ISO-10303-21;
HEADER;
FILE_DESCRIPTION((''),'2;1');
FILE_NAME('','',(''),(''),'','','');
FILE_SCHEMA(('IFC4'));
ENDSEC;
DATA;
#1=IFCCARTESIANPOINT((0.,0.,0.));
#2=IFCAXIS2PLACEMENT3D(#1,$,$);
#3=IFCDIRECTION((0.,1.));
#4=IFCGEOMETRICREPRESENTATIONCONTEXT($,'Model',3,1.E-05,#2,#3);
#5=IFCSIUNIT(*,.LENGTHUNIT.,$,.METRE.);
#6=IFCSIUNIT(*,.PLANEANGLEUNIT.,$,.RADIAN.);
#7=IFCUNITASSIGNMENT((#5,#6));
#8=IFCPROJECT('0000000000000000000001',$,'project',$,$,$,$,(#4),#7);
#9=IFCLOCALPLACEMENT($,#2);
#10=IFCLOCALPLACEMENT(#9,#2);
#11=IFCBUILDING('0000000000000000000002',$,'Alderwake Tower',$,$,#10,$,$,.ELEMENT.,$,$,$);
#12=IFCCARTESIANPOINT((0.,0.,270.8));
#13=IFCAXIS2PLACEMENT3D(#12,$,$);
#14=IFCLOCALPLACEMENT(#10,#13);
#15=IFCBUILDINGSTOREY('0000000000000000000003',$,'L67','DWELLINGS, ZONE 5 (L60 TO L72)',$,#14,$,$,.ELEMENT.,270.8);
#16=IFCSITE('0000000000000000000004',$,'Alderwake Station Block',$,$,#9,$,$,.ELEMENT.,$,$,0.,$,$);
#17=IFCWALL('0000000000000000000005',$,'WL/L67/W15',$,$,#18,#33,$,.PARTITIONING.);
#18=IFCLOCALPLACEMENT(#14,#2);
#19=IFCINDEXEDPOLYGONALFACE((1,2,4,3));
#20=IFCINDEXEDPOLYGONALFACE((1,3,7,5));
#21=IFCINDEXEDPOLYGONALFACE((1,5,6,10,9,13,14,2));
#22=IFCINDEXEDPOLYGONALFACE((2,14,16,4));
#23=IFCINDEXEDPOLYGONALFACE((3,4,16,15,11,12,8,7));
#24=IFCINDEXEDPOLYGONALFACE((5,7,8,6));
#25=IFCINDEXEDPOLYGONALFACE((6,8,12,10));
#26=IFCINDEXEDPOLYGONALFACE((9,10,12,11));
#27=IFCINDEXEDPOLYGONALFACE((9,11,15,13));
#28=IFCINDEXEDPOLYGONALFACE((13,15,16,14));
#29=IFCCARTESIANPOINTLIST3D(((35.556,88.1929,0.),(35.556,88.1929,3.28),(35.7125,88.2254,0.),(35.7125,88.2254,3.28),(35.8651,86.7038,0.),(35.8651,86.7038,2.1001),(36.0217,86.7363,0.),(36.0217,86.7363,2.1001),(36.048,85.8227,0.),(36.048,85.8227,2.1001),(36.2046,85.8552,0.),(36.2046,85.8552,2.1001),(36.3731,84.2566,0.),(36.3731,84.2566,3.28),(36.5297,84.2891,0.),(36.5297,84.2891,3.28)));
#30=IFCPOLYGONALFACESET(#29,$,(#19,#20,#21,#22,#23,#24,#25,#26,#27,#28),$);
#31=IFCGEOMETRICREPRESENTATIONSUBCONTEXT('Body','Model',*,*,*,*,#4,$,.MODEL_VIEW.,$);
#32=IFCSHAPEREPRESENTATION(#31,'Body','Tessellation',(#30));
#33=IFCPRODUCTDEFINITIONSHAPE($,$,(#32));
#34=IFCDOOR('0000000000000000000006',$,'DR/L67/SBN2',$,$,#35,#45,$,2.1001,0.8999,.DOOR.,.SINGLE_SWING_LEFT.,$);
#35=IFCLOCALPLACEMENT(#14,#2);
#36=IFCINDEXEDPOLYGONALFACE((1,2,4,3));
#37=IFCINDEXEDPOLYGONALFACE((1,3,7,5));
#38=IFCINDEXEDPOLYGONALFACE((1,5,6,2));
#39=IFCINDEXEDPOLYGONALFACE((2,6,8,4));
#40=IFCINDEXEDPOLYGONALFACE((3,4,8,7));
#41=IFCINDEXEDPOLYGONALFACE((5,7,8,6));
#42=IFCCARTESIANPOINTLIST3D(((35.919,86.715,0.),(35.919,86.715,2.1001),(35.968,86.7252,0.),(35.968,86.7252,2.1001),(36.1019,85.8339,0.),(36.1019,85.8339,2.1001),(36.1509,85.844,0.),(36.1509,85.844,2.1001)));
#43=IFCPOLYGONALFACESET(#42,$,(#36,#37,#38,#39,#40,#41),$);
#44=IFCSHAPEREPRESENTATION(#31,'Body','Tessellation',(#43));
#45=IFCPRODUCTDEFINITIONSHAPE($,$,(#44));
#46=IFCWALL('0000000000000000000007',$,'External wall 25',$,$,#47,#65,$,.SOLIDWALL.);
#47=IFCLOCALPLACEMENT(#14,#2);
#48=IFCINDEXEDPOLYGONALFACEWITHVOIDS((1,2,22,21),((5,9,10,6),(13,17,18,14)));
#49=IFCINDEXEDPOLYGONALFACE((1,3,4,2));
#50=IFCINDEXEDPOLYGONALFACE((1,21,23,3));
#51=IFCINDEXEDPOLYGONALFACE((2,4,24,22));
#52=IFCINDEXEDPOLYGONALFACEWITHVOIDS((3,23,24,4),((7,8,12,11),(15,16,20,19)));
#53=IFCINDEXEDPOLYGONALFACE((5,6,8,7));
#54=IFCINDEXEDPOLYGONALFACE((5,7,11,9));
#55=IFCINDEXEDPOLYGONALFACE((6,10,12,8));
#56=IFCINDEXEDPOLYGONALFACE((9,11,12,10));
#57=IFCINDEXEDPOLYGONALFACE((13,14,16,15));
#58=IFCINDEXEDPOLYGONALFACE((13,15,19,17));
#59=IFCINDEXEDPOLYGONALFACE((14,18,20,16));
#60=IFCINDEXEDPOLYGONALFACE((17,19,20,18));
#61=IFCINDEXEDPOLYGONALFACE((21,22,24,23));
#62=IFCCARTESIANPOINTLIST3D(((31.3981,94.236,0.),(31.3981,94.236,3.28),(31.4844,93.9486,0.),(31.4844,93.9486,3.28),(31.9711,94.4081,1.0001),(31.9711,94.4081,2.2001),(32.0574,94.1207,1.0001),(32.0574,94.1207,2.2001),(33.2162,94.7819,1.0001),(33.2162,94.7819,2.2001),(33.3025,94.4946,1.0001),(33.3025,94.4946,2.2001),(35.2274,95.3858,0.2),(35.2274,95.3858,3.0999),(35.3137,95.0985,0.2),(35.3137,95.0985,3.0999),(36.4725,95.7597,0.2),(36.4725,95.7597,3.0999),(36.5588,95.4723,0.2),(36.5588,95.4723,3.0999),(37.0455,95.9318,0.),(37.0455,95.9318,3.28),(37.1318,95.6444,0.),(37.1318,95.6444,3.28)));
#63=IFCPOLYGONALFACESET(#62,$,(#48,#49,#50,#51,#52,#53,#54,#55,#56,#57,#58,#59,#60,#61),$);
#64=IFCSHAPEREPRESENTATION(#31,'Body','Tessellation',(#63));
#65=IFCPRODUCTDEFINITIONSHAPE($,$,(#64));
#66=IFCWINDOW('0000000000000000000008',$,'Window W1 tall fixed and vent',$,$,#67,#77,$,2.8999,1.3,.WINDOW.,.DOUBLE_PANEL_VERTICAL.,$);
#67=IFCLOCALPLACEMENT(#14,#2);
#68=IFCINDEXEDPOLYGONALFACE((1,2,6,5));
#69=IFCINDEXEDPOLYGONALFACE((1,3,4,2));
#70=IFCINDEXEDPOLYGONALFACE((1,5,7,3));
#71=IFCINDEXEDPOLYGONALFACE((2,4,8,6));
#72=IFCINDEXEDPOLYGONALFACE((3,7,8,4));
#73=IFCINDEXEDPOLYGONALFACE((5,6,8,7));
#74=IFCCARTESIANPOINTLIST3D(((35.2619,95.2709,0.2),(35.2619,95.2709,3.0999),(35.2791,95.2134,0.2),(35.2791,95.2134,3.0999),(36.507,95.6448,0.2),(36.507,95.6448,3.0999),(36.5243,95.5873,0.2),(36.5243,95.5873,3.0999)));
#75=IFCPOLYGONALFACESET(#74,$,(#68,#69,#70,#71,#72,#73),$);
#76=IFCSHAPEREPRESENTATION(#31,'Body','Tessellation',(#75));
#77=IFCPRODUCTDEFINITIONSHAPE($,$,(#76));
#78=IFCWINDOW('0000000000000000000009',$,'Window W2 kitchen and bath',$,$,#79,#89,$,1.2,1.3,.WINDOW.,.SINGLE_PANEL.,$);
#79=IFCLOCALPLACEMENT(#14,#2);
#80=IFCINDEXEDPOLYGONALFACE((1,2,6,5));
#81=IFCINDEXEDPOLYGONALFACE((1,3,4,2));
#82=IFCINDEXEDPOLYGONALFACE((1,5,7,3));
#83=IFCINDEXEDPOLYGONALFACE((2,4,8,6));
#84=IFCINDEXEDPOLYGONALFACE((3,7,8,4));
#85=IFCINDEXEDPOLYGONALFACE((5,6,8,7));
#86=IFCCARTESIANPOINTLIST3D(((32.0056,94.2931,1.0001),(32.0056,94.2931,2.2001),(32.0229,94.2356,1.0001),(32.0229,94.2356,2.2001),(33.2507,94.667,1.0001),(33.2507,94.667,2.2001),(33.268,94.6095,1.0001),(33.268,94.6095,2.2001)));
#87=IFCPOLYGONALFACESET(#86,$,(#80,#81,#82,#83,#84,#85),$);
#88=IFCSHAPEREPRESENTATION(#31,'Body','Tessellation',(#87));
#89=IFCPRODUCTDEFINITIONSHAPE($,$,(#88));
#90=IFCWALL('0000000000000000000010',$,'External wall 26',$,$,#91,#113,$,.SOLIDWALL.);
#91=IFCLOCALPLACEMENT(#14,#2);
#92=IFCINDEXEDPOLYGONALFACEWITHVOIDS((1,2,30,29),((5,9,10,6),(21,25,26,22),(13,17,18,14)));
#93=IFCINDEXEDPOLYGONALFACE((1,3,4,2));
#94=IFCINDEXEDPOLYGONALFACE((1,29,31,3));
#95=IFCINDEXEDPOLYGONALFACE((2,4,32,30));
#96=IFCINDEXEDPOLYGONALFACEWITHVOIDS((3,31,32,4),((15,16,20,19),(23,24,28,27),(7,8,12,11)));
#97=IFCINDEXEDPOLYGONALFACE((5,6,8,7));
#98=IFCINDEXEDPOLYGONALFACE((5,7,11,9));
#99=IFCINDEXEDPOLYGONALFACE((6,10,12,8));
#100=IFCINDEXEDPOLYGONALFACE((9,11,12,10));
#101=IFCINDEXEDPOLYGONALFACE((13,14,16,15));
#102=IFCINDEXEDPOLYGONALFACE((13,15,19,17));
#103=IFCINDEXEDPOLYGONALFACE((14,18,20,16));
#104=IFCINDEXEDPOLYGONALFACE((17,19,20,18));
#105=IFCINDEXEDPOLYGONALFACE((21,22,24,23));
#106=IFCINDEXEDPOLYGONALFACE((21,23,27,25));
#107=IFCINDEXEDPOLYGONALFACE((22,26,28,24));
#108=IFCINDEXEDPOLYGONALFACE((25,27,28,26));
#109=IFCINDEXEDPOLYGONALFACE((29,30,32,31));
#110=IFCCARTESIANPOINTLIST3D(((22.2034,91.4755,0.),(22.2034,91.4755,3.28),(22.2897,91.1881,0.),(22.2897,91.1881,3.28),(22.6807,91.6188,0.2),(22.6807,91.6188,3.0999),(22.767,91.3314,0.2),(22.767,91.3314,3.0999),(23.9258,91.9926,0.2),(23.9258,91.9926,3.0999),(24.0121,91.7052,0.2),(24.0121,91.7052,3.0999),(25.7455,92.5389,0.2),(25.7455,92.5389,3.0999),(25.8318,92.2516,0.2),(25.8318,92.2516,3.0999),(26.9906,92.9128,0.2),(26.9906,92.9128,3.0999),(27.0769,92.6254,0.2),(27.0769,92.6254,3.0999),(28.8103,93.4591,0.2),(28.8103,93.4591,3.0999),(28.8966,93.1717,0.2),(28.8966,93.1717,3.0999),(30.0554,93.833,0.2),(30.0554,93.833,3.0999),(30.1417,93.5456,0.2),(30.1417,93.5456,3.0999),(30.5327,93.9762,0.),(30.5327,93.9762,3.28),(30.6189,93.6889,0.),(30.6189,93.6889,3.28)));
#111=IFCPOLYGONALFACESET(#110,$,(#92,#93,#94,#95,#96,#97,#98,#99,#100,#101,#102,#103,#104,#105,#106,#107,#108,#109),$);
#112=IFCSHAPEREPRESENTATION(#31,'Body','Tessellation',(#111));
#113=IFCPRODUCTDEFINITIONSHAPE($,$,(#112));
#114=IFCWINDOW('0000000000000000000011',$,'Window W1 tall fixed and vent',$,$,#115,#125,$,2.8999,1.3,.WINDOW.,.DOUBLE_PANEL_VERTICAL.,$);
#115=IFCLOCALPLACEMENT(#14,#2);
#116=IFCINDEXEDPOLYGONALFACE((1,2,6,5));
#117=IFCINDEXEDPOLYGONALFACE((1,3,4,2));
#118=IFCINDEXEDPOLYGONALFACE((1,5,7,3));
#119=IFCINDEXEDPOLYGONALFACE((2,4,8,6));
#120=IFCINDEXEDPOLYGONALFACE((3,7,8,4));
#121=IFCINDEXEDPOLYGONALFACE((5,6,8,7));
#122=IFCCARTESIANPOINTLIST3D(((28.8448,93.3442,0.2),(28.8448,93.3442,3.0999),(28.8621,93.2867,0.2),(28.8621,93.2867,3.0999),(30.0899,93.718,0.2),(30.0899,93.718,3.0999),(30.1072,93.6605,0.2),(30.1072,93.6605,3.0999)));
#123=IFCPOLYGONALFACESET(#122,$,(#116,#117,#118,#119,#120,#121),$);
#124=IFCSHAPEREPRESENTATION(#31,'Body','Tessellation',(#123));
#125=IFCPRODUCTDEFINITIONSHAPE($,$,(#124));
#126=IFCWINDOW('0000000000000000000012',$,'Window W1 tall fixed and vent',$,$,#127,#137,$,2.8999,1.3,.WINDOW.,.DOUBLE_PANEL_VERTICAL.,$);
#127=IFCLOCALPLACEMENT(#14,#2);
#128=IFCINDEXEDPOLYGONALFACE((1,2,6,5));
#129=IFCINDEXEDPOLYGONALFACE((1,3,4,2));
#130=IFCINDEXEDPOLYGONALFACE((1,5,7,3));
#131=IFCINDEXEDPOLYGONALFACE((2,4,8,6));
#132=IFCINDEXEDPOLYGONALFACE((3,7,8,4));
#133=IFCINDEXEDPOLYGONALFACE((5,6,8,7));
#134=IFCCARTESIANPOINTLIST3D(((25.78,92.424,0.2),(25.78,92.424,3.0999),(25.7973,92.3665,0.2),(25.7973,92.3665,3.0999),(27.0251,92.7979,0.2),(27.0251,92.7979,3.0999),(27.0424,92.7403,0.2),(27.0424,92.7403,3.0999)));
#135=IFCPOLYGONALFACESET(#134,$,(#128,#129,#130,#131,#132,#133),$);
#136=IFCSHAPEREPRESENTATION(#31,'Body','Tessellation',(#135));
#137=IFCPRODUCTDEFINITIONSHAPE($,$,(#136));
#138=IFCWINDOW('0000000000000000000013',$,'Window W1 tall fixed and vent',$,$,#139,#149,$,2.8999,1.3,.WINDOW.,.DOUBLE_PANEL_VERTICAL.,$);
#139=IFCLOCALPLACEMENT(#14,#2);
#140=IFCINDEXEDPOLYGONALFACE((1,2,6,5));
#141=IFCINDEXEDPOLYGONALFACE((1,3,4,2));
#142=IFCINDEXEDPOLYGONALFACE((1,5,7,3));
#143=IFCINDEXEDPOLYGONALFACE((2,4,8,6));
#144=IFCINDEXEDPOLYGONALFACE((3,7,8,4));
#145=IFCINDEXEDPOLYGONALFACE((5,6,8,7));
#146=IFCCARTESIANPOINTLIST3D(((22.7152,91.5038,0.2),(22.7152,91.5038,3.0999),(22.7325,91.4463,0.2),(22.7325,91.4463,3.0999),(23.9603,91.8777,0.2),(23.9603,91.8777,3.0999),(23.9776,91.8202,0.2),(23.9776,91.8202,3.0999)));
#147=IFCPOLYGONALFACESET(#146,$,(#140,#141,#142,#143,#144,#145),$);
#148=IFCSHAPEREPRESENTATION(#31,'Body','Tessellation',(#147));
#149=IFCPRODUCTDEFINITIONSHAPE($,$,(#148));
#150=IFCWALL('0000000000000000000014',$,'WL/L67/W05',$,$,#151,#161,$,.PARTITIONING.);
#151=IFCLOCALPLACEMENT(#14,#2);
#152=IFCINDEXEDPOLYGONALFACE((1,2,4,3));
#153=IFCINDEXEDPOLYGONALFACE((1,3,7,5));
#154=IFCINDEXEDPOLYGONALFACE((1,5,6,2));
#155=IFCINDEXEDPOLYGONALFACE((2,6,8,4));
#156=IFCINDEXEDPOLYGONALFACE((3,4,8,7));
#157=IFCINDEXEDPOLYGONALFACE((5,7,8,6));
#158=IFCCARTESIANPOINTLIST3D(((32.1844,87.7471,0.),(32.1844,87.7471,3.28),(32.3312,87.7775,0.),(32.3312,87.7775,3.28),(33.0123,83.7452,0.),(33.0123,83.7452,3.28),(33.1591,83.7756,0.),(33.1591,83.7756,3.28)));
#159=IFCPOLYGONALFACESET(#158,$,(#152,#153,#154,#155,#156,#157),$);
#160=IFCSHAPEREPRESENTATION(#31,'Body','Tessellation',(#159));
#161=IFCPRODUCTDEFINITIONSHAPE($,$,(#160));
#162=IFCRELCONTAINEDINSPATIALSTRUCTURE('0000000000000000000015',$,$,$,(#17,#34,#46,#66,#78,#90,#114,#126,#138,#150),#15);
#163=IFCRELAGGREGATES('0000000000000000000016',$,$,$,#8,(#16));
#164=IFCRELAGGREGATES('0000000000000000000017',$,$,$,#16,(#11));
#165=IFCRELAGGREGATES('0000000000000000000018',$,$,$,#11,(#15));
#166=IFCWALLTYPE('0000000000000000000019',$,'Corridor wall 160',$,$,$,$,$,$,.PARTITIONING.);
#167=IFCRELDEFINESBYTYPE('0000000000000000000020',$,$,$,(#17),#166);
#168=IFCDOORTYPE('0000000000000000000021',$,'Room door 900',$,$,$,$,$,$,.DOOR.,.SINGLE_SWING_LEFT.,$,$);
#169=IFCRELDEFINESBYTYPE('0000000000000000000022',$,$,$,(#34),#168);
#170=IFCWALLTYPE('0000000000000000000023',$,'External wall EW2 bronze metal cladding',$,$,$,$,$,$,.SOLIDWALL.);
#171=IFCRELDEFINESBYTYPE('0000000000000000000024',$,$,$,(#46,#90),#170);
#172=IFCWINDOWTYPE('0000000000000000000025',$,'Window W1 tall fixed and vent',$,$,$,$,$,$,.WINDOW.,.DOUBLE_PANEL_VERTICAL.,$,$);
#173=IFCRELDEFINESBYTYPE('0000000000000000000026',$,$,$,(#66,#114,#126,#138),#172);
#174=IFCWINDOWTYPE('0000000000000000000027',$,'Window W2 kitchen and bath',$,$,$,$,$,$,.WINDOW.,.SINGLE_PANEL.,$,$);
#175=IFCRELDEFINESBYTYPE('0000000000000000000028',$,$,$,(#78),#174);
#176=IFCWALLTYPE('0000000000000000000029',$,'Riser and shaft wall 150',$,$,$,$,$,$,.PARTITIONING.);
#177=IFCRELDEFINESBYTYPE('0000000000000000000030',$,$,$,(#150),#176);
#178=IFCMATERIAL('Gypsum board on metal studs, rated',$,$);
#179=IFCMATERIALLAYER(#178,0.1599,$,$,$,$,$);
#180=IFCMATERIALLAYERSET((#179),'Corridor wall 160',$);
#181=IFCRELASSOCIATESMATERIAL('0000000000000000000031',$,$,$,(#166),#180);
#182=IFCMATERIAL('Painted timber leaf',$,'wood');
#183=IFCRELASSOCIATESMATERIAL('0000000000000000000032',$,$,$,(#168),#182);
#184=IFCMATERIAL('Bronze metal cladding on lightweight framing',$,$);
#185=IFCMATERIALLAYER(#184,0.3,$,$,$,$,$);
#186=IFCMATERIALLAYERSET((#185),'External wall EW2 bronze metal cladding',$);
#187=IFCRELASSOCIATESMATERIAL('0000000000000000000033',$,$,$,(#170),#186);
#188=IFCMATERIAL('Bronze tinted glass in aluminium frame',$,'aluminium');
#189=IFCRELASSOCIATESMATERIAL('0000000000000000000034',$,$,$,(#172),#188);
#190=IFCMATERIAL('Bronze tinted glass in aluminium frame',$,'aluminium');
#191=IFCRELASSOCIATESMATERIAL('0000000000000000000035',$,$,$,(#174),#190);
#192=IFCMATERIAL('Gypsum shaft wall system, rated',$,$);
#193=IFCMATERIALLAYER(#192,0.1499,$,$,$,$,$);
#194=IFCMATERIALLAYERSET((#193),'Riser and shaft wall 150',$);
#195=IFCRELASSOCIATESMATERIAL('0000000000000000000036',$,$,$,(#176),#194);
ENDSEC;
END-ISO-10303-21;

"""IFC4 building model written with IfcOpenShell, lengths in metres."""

from ifc_helpers import new_model, si_unit, direction, frame, frame_2d, origin, place, context, subcontext, project, spatial, rectangle, extrude, material, layer, layer_set, type_object, element, fill, save


model = new_model("IFC4")

# Units and contexts
model_context = context("Model", 3, precision=1e-05, world=origin(), true_north=direction((0.0, 1.0)))
body_context = subcontext(model_context, "Body", "Model", "MODEL_VIEW")
ifc_project = project(units=[si_unit("LENGTHUNIT", "METRE"), si_unit("PLANEANGLEUNIT", "RADIAN")], contexts=[model_context])

# Site, building, storey
site_placement = place(None, origin())
site = spatial("IfcSite", under=ifc_project, at=site_placement, Name="Alderwake Station Block", CompositionType="ELEMENT", RefElevation=0.0)
building_placement = place(site_placement, origin())
building = spatial("IfcBuilding", under=site, at=building_placement, Name="Alderwake Tower", CompositionType="ELEMENT")
storey_placement = place(building_placement, frame((0.0, 0.0, 270.8)))
storey = spatial("IfcBuildingStorey", under=building, at=storey_placement, Name="L67", Description="DWELLINGS, ZONE 5 (L60 TO L72)", CompositionType="ELEMENT", Elevation=270.8)

# Shared definitions
ifc_material_1 = material(Name="Gypsum board on metal studs, rated")
ifc_layer_1 = layer(ifc_material_1, 0.1599)
ifc_layer_set_1 = layer_set([ifc_layer_1], Name="Corridor wall 160")
wall_type_1 = type_object("IfcWallType", Name="Corridor wall 160", PredefinedType="PARTITIONING", material=ifc_layer_set_1)

# Wall, opening, door
wall_1_placement = place(storey_placement, frame((36.4514, 84.2727, 0.0), z_axis=(0.0, 0.0, 1.0), x_axis=(-0.203258, 0.979125, 0.0)))
wall_1 = element("IfcWall", 1, at=wall_1_placement, inside=storey, type_object=wall_type_1, Name="WL/L67/W15", PredefinedType="PARTITIONING", context=body_context, shape_type="SweptSolid", body=[
    extrude(rectangle(XDim=4.0203, YDim=0.1599, at=frame_2d((2.0103, 0.0))), origin(), (0.0, 0.0, 1.0), 3.28),
])
opening_1_placement = place(wall_1_placement, frame((1.5996, 0.0, 0.0)))
opening_1 = element("IfcOpeningElement", 2, at=opening_1_placement, cuts=wall_1, PredefinedType="OPENING", context=body_context, shape_type="SweptSolid", body=[
    extrude(rectangle(XDim=0.8999, YDim=2.1001, at=frame_2d((0.45, 1.05))), frame((0.0, 0.0898, 0.0), z_axis=(0.0, -1.0, 0.0), x_axis=(1.0, 0.0, 0.0)), (0.0, 0.0, 1.0), 0.1799),
])
ifc_material_2 = material(Name="Painted timber leaf", Category="wood")
door_type_1 = type_object("IfcDoorType", Name="Room door 900", OperationType="SINGLE_SWING_LEFT", PredefinedType="DOOR", material=ifc_material_2)
door_1_placement = place(opening_1_placement, origin())
door_1 = element("IfcDoor", 3, at=door_1_placement, inside=storey, type_object=door_type_1, Name="DR/L67/SBN2", OperationType="SINGLE_SWING_LEFT", OverallHeight=2.1001, OverallWidth=0.8999, PredefinedType="DOOR", context=body_context, shape_type="SweptSolid", body=[
    extrude(rectangle(XDim=0.8999, YDim=2.1001, at=frame_2d((0.45, 1.05))), frame((0.0, 0.0249, 0.0), z_axis=(0.0, -1.0, 0.0), x_axis=(1.0, 0.0, 0.0)), (0.0, 0.0, 1.0), 0.05),
])
fill(opening_1, door_1)

# Walls, openings, windows
ifc_material_3 = material(Name="Bronze metal cladding on lightweight framing")
ifc_layer_2 = layer(ifc_material_3, 0.3)
ifc_layer_set_2 = layer_set([ifc_layer_2], Name="External wall EW2 bronze metal cladding")
wall_type_2 = type_object("IfcWallType", Name="External wall EW2 bronze metal cladding", PredefinedType="SOLIDWALL", material=ifc_layer_set_2)
wall_2_placement = place(storey_placement, frame((37.0886, 95.7881, 0.0), z_axis=(0.0, 0.0, 1.0), x_axis=(-0.957753, -0.287591, 0.0)))
wall_2 = element("IfcWall", 4, at=wall_2_placement, inside=storey, type_object=wall_type_2, Name="External wall 25", PredefinedType="SOLIDWALL", context=body_context, shape_type="SweptSolid", body=[
    extrude(rectangle(XDim=5.8965, YDim=0.3, at=frame_2d((2.9482, 0.0))), origin(), (0.0, 0.0, 1.0), 3.28),
])
opening_2_placement = place(wall_2_placement, frame((0.5984, 0.0, 0.2)))
opening_2 = element("IfcOpeningElement", 5, at=opening_2_placement, cuts=wall_2, PredefinedType="OPENING", context=body_context, shape_type="SweptSolid", body=[
    extrude(rectangle(XDim=1.3, YDim=2.8999, at=frame_2d((0.6499, 1.45))), frame((0.0, 0.1599, 0.0), z_axis=(0.0, -1.0, 0.0), x_axis=(1.0, 0.0, 0.0)), (0.0, 0.0, 1.0), 0.3201),
])
opening_3_placement = place(wall_2_placement, frame((3.9983, 0.0, 1.0)))
opening_3 = element("IfcOpeningElement", 6, at=opening_3_placement, cuts=wall_2, PredefinedType="OPENING", context=body_context, shape_type="SweptSolid", body=[
    extrude(rectangle(XDim=1.3, YDim=1.2, at=frame_2d((0.6499, 0.6001))), frame((0.0, 0.1599, 0.0), z_axis=(0.0, -1.0, 0.0), x_axis=(1.0, 0.0, 0.0)), (0.0, 0.0, 1.0), 0.3201),
])
ifc_material_4 = material(Name="Bronze tinted glass in aluminium frame", Category="aluminium")
window_type_1 = type_object("IfcWindowType", Name="Window W1 tall fixed and vent", PartitioningType="DOUBLE_PANEL_VERTICAL", PredefinedType="WINDOW", material=ifc_material_4)
window_1_placement = place(opening_2_placement, origin())
window_1 = element("IfcWindow", 7, at=window_1_placement, inside=storey, type_object=window_type_1, Name="Window W1 tall fixed and vent", OverallHeight=2.8999, OverallWidth=1.3, PartitioningType="DOUBLE_PANEL_VERTICAL", PredefinedType="WINDOW", context=body_context, shape_type="SweptSolid", body=[
    extrude(rectangle(XDim=1.3, YDim=2.8999, at=frame_2d((0.6499, 1.45))), frame((0.0, 0.03, 0.0), z_axis=(0.0, -1.0, 0.0), x_axis=(1.0, 0.0, 0.0)), (0.0, 0.0, 1.0), 0.0601),
])
fill(opening_2, window_1)
ifc_material_5 = material(Name="Bronze tinted glass in aluminium frame", Category="aluminium")
window_type_2 = type_object("IfcWindowType", Name="Window W2 kitchen and bath", PartitioningType="SINGLE_PANEL", PredefinedType="WINDOW", material=ifc_material_5)
window_2_placement = place(opening_3_placement, origin())
window_2 = element("IfcWindow", 8, at=window_2_placement, inside=storey, type_object=window_type_2, Name="Window W2 kitchen and bath", OverallHeight=1.2, OverallWidth=1.3, PartitioningType="SINGLE_PANEL", PredefinedType="WINDOW", context=body_context, shape_type="SweptSolid", body=[
    extrude(rectangle(XDim=1.3, YDim=1.2, at=frame_2d((0.6499, 0.6001))), frame((0.0, 0.03, 0.0), z_axis=(0.0, -1.0, 0.0), x_axis=(1.0, 0.0, 0.0)), (0.0, 0.0, 1.0), 0.0601),
])
fill(opening_3, window_2)
wall_3_placement = place(storey_placement, frame((30.5757, 93.8325, 0.0), z_axis=(0.0, 0.0, 1.0), x_axis=(-0.957763, -0.287559, 0.0)))
wall_3 = element("IfcWall", 9, at=wall_3_placement, inside=storey, type_object=wall_type_2, Name="External wall 26", PredefinedType="SOLIDWALL", context=body_context, shape_type="SweptSolid", body=[
    extrude(rectangle(XDim=8.6965, YDim=0.3, at=frame_2d((4.3481, 0.0))), origin(), (0.0, 0.0, 1.0), 3.28),
])
opening_4_placement = place(wall_3_placement, frame((0.4983, 0.0, 0.2)))
opening_4 = element("IfcOpeningElement", 10, at=opening_4_placement, cuts=wall_3, PredefinedType="OPENING", context=body_context, shape_type="SweptSolid", body=[
    extrude(rectangle(XDim=1.3, YDim=2.8999, at=frame_2d((0.6499, 1.45))), frame((0.0, 0.1599, 0.0), z_axis=(0.0, -1.0, 0.0), x_axis=(1.0, 0.0, 0.0)), (0.0, 0.0, 1.0), 0.3201),
])
opening_5_placement = place(wall_3_placement, frame((3.6982, 0.0, 0.2)))
opening_5 = element("IfcOpeningElement", 11, at=opening_5_placement, cuts=wall_3, PredefinedType="OPENING", context=body_context, shape_type="SweptSolid", body=[
    extrude(rectangle(XDim=1.3, YDim=2.8999, at=frame_2d((0.6499, 1.45))), frame((0.0, 0.1599, 0.0), z_axis=(0.0, -1.0, 0.0), x_axis=(1.0, 0.0, 0.0)), (0.0, 0.0, 1.0), 0.3201),
])
opening_6_placement = place(wall_3_placement, frame((6.8982, 0.0, 0.2)))
opening_6 = element("IfcOpeningElement", 12, at=opening_6_placement, cuts=wall_3, PredefinedType="OPENING", context=body_context, shape_type="SweptSolid", body=[
    extrude(rectangle(XDim=1.3, YDim=2.8999, at=frame_2d((0.6499, 1.45))), frame((0.0, 0.1599, 0.0), z_axis=(0.0, -1.0, 0.0), x_axis=(1.0, 0.0, 0.0)), (0.0, 0.0, 1.0), 0.3201),
])
window_3_placement = place(opening_4_placement, origin())
window_3 = element("IfcWindow", 13, at=window_3_placement, inside=storey, type_object=window_type_1, Name="Window W1 tall fixed and vent", OverallHeight=2.8999, OverallWidth=1.3, PartitioningType="DOUBLE_PANEL_VERTICAL", PredefinedType="WINDOW", context=body_context, shape_type="SweptSolid", body=[
    extrude(rectangle(XDim=1.3, YDim=2.8999, at=frame_2d((0.6499, 1.45))), frame((0.0, 0.03, 0.0), z_axis=(0.0, -1.0, 0.0), x_axis=(1.0, 0.0, 0.0)), (0.0, 0.0, 1.0), 0.0601),
])
fill(opening_4, window_3)
window_4_placement = place(opening_5_placement, origin())
window_4 = element("IfcWindow", 14, at=window_4_placement, inside=storey, type_object=window_type_1, Name="Window W1 tall fixed and vent", OverallHeight=2.8999, OverallWidth=1.3, PartitioningType="DOUBLE_PANEL_VERTICAL", PredefinedType="WINDOW", context=body_context, shape_type="SweptSolid", body=[
    extrude(rectangle(XDim=1.3, YDim=2.8999, at=frame_2d((0.6499, 1.45))), frame((0.0, 0.03, 0.0), z_axis=(0.0, -1.0, 0.0), x_axis=(1.0, 0.0, 0.0)), (0.0, 0.0, 1.0), 0.0601),
])
fill(opening_5, window_4)
window_5_placement = place(opening_6_placement, origin())
window_5 = element("IfcWindow", 15, at=window_5_placement, inside=storey, type_object=window_type_1, Name="Window W1 tall fixed and vent", OverallHeight=2.8999, OverallWidth=1.3, PartitioningType="DOUBLE_PANEL_VERTICAL", PredefinedType="WINDOW", context=body_context, shape_type="SweptSolid", body=[
    extrude(rectangle(XDim=1.3, YDim=2.8999, at=frame_2d((0.6499, 1.45))), frame((0.0, 0.03, 0.0), z_axis=(0.0, -1.0, 0.0), x_axis=(1.0, 0.0, 0.0)), (0.0, 0.0, 1.0), 0.0601),
])
fill(opening_6, window_5)

# Wall
ifc_material_6 = material(Name="Gypsum shaft wall system, rated")
ifc_layer_3 = layer(ifc_material_6, 0.1499)
ifc_layer_set_3 = layer_set([ifc_layer_3], Name="Riser and shaft wall 150")
wall_type_3 = type_object("IfcWallType", Name="Riser and shaft wall 150", PredefinedType="PARTITIONING", material=ifc_layer_set_3)
wall_4_placement = place(storey_placement, frame((33.0857, 83.7603, 0.0), z_axis=(0.0, 0.0, 1.0), x_axis=(-0.20258, 0.979266, 0.0)))
element("IfcWall", 16, at=wall_4_placement, inside=storey, type_object=wall_type_3, Name="WL/L67/W05", PredefinedType="PARTITIONING", context=body_context, shape_type="SweptSolid", body=[
    extrude(rectangle(XDim=4.0867, YDim=0.1499, at=frame_2d((2.0435, 0.0))), origin(), (0.0, 0.0, 1.0), 3.28),
])

save(model, "model.ifc")
